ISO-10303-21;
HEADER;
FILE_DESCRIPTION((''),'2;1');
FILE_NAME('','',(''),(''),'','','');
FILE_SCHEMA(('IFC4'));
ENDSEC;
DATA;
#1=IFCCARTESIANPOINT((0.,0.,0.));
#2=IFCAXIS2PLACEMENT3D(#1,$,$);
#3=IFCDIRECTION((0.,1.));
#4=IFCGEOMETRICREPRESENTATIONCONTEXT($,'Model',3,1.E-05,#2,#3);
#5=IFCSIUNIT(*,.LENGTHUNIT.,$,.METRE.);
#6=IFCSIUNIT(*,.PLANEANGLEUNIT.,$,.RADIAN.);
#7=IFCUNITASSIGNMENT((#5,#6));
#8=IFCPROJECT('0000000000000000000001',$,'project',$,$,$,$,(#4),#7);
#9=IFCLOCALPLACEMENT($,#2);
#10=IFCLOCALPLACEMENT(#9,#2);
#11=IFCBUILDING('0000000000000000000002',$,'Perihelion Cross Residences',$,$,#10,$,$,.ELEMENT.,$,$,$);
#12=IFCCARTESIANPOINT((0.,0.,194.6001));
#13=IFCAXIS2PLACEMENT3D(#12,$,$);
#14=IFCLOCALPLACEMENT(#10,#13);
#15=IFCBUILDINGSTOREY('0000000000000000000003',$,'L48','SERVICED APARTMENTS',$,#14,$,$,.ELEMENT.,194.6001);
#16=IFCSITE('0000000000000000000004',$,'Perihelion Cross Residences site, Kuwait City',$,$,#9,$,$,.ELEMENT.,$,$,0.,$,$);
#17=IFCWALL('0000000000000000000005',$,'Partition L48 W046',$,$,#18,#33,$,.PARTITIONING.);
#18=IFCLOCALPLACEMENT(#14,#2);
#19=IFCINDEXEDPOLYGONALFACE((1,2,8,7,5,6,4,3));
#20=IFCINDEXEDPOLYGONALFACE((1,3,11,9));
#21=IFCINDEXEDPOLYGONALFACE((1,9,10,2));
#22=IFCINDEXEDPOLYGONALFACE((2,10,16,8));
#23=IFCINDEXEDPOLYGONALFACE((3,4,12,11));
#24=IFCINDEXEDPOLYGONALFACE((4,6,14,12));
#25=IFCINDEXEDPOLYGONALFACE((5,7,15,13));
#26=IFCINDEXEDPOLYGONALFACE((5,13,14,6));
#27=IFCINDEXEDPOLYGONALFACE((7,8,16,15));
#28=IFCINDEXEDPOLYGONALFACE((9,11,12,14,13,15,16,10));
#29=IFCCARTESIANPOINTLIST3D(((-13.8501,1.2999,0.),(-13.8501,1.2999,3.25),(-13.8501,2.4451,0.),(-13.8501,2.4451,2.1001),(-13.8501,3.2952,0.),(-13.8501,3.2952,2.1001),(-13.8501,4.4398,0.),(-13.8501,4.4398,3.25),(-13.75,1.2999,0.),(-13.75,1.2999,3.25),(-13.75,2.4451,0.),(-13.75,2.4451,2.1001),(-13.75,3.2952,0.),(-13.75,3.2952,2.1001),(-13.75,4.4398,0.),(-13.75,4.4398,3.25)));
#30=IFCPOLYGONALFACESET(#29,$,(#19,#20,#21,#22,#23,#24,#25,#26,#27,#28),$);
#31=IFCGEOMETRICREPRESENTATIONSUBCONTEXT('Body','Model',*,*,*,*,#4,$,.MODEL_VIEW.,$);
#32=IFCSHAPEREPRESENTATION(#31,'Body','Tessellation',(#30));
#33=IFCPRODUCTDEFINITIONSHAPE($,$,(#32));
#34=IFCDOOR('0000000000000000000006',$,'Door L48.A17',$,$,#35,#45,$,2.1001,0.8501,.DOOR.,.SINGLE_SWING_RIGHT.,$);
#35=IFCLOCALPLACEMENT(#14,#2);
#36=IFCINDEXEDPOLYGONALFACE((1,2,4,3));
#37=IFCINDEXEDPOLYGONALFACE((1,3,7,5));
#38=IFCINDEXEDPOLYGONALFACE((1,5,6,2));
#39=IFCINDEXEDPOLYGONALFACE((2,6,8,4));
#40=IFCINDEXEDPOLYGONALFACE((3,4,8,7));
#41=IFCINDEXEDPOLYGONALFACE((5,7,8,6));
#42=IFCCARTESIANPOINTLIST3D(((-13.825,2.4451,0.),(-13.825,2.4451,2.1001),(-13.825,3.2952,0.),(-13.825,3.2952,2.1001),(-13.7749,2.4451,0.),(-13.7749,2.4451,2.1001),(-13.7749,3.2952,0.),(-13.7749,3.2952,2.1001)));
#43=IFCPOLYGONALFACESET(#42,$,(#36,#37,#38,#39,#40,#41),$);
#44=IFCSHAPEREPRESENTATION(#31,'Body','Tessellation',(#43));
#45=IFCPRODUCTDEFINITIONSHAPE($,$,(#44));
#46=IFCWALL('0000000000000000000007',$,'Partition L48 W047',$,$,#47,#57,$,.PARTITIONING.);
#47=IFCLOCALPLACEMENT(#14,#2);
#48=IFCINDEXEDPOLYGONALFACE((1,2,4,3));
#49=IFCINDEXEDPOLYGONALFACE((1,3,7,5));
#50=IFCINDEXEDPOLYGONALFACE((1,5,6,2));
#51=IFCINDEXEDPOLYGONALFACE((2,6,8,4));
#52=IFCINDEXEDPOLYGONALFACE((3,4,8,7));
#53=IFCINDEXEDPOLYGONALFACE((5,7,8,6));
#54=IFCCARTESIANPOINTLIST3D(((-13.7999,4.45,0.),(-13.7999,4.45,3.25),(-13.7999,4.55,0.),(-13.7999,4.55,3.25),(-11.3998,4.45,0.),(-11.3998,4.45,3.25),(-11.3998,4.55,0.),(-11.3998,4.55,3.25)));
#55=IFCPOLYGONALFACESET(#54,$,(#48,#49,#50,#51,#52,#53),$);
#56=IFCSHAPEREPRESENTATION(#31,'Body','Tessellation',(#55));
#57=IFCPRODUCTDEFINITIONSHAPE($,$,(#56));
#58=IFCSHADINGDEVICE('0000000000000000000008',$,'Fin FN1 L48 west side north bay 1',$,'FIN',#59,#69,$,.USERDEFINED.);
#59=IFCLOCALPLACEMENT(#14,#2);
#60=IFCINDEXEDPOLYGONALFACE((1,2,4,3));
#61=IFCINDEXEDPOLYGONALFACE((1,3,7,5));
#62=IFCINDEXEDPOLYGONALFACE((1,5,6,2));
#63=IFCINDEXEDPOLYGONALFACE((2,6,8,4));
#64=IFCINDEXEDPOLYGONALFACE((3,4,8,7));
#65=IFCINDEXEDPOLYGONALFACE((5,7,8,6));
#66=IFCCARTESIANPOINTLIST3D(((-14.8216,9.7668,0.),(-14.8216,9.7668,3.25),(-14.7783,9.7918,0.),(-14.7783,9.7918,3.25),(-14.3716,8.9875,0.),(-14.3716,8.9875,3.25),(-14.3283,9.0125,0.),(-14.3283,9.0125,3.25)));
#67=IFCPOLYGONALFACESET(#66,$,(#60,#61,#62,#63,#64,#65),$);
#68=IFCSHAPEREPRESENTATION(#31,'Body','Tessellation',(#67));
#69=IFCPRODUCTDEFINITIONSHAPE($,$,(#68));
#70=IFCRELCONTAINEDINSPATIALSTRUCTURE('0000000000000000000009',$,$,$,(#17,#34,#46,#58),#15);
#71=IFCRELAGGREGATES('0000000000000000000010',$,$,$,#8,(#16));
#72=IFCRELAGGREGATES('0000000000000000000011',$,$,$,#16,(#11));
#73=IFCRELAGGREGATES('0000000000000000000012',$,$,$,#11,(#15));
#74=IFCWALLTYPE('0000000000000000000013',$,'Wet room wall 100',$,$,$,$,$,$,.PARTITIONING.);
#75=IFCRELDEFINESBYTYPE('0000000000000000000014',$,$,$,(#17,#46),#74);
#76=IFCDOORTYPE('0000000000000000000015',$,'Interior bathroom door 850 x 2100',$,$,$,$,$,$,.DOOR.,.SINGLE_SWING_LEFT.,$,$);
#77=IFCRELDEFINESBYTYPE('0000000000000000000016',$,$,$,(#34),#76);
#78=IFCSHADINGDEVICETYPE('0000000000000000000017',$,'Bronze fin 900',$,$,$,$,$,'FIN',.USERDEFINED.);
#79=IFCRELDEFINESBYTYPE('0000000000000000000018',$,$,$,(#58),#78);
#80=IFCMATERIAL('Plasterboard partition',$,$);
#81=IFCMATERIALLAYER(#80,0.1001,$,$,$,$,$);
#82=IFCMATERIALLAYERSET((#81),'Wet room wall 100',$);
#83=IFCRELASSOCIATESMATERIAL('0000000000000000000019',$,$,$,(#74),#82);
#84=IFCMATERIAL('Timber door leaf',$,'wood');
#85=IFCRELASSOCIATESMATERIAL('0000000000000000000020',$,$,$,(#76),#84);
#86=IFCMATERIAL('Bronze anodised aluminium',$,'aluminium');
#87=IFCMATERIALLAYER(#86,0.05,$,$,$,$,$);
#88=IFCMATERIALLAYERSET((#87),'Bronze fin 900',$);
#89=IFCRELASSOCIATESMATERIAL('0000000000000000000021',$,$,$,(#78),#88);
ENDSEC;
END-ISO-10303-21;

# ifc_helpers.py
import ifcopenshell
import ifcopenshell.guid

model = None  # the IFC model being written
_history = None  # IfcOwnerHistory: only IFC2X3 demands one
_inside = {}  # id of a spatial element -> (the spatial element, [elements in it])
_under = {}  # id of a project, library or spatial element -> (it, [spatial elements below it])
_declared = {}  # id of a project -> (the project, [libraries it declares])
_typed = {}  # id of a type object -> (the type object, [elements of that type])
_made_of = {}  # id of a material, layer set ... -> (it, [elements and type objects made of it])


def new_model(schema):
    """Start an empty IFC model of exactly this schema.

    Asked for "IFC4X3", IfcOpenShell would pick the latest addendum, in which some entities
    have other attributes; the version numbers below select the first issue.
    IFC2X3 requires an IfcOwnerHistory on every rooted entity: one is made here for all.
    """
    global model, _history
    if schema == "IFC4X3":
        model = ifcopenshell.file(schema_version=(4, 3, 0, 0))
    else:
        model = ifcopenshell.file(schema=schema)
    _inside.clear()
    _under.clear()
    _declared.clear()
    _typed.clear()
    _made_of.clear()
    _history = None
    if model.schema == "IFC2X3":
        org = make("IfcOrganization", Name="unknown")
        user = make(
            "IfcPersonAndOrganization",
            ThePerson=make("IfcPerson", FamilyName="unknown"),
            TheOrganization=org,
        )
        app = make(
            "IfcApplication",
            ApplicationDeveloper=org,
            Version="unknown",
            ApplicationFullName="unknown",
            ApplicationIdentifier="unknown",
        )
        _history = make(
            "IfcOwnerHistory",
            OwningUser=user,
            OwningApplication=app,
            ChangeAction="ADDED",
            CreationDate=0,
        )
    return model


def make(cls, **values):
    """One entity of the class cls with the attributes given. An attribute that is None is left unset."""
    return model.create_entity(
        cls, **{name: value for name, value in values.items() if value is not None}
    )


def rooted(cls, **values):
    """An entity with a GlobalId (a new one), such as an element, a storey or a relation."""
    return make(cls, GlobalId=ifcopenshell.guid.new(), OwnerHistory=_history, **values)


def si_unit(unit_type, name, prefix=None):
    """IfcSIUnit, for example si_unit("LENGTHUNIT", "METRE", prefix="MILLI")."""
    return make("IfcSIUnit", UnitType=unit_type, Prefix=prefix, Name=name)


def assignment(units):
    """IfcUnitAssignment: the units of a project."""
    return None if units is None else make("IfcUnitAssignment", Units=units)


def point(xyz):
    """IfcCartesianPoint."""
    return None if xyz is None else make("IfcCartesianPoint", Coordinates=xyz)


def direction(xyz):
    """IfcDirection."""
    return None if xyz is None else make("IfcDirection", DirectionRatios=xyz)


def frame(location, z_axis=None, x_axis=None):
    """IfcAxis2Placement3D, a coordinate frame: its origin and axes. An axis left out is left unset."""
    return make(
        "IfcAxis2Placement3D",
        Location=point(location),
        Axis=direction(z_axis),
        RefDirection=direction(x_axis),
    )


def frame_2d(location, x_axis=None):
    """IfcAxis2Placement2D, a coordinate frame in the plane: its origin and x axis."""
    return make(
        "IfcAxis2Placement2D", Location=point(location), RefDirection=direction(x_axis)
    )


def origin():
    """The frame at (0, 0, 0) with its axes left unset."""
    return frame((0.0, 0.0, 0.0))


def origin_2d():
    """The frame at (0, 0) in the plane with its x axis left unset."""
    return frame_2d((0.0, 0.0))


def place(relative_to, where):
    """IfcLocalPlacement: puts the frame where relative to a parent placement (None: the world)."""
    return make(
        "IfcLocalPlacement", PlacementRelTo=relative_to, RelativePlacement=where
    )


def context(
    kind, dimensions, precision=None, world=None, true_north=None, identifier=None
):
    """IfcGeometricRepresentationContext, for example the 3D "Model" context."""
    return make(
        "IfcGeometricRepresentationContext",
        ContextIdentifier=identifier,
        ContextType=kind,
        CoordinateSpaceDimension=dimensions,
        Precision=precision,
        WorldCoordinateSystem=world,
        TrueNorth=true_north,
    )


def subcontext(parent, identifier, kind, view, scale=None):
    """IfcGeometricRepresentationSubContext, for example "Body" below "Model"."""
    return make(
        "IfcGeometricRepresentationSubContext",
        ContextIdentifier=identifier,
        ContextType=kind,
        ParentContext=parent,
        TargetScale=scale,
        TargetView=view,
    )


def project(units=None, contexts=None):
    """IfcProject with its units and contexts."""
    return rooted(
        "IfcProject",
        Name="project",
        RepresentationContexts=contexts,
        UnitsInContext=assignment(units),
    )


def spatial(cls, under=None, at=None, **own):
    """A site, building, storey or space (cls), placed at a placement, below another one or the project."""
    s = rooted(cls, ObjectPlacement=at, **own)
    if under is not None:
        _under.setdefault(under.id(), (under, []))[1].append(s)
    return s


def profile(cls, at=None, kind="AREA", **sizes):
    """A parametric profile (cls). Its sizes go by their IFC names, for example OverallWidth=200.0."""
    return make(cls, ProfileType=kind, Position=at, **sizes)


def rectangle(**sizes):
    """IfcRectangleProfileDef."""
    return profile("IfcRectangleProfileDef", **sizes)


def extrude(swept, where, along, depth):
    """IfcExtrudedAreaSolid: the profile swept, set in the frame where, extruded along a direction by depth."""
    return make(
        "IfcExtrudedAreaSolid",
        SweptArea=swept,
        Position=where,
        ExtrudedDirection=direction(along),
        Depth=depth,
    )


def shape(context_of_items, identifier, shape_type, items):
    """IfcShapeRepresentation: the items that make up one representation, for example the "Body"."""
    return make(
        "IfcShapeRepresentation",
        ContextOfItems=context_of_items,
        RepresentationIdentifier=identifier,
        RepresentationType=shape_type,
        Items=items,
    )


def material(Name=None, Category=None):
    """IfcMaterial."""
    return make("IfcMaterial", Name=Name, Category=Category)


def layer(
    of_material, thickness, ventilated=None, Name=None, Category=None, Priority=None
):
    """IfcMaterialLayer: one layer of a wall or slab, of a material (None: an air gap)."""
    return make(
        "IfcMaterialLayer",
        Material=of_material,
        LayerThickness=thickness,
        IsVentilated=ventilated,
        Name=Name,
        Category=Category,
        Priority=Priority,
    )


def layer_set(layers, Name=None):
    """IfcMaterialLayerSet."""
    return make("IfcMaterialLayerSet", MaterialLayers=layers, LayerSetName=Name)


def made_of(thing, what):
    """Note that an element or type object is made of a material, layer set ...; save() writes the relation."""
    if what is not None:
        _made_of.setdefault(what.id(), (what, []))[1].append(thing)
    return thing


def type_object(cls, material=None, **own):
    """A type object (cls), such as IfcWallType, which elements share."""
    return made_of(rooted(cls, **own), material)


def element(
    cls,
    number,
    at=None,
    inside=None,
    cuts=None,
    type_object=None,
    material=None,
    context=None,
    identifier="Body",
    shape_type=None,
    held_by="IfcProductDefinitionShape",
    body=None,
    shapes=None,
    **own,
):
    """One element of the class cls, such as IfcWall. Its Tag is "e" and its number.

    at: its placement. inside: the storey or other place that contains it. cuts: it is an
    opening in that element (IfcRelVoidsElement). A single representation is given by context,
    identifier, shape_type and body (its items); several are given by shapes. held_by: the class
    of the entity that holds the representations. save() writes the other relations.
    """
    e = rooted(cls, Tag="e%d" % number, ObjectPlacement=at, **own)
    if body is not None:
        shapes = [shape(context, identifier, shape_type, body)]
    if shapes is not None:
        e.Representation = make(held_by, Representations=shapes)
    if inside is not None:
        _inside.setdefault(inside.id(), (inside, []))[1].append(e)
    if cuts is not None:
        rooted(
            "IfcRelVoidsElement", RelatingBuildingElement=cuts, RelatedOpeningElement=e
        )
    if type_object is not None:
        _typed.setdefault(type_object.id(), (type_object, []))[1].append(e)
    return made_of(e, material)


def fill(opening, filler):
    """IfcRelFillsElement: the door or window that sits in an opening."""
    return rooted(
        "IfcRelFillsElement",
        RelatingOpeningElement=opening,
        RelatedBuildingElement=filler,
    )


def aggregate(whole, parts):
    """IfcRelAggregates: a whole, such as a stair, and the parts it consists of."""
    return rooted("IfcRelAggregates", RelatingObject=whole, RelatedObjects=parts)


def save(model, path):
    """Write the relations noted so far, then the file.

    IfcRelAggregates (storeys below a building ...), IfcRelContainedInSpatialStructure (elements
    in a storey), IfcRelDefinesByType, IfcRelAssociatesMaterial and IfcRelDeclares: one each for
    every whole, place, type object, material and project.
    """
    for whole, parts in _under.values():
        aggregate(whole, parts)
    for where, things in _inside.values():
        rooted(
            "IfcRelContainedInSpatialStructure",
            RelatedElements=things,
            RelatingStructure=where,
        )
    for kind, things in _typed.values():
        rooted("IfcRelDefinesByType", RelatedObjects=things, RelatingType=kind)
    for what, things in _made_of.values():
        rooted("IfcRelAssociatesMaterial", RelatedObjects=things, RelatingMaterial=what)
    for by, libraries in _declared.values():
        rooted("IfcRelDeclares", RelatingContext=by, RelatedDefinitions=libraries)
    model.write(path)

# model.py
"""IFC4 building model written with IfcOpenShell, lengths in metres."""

from ifc_helpers import new_model, si_unit, direction, frame, frame_2d, origin, origin_2d, place, context, subcontext, project, spatial, rectangle, extrude, material, layer, layer_set, type_object, element, fill, save


model = new_model("IFC4")

# Units and contexts
model_context = context("Model", 3, precision=1e-05, world=origin(), true_north=direction((0.0, 1.0)))
body_context = subcontext(model_context, "Body", "Model", "MODEL_VIEW")
ifc_project = project(units=[si_unit("LENGTHUNIT", "METRE"), si_unit("PLANEANGLEUNIT", "RADIAN")], contexts=[model_context])

# Site, building, storey
site_placement = place(None, origin())
site = spatial("IfcSite", under=ifc_project, at=site_placement, Name="Perihelion Cross Residences site, Kuwait City", CompositionType="ELEMENT", RefElevation=0.0)
building_placement = place(site_placement, origin())
building = spatial("IfcBuilding", under=site, at=building_placement, Name="Perihelion Cross Residences", CompositionType="ELEMENT")
storey_placement = place(building_placement, frame((0.0, 0.0, 194.6001)))
storey = spatial("IfcBuildingStorey", under=building, at=storey_placement, Name="L48", Description="SERVICED APARTMENTS", CompositionType="ELEMENT", Elevation=194.6001)

# Shared definitions
ifc_material_1 = material(Name="Plasterboard partition")
ifc_layer_1 = layer(ifc_material_1, 0.1001)
ifc_layer_set_1 = layer_set([ifc_layer_1], Name="Wet room wall 100")
wall_type_1 = type_object("IfcWallType", Name="Wet room wall 100", PredefinedType="PARTITIONING", material=ifc_layer_set_1)

# Wall, opening, door
wall_1_placement = place(storey_placement, frame((-13.8, 1.3, 0.0), z_axis=(0.0, 0.0, 1.0), x_axis=(0.0, 1.0, 0.0)))
wall_1 = element("IfcWall", 1, at=wall_1_placement, inside=storey, type_object=wall_type_1, Name="Partition L48 W046", PredefinedType="PARTITIONING", context=body_context, shape_type="SweptSolid", body=[
    extrude(rectangle(XDim=3.1399, YDim=0.1001, at=frame_2d((1.5698, 0.0))), origin(), (0.0, 0.0, 1.0), 3.25),
])
opening_1_placement = place(wall_1_placement, frame((1.145, 0.0, 0.0)))
opening_1 = element("IfcOpeningElement", 2, at=opening_1_placement, cuts=wall_1, PredefinedType="OPENING", context=body_context, shape_type="SweptSolid", body=[
    extrude(rectangle(XDim=0.8501, YDim=2.1001, at=frame_2d((0.425, 1.05))), frame((0.0, 0.0601, 0.0), z_axis=(0.0, -1.0, 0.0), x_axis=(1.0, 0.0, 0.0)), (0.0, 0.0, 1.0), 0.1201),
])
ifc_material_2 = material(Name="Timber door leaf", Category="wood")
door_type_1 = type_object("IfcDoorType", Name="Interior bathroom door 850 x 2100", OperationType="SINGLE_SWING_LEFT", PredefinedType="DOOR", material=ifc_material_2)
door_1_placement = place(opening_1_placement, origin())
door_1 = element("IfcDoor", 3, at=door_1_placement, inside=storey, type_object=door_type_1, Name="Door L48.A17", OperationType="SINGLE_SWING_RIGHT", OverallHeight=2.1001, OverallWidth=0.8501, PredefinedType="DOOR", context=body_context, shape_type="SweptSolid", body=[
    extrude(rectangle(XDim=0.8501, YDim=2.1001, at=frame_2d((0.425, 1.05))), frame((0.0, 0.0249, 0.0), z_axis=(0.0, -1.0, 0.0), x_axis=(1.0, 0.0, 0.0)), (0.0, 0.0, 1.0), 0.05),
])
fill(opening_1, door_1)

# Wall
wall_2_placement = place(storey_placement, frame((-13.8, 4.5, 0.0), z_axis=(0.0, 0.0, 1.0), x_axis=(1.0, 0.0, 0.0)))
element("IfcWall", 4, at=wall_2_placement, inside=storey, type_object=wall_type_1, Name="Partition L48 W047", PredefinedType="PARTITIONING", context=body_context, shape_type="SweptSolid", body=[
    extrude(rectangle(XDim=2.4001, YDim=0.1001, at=frame_2d((1.2002, 0.0))), origin(), (0.0, 0.0, 1.0), 3.25),
])

# Shading device
ifc_material_3 = material(Name="Bronze anodised aluminium", Category="aluminium")
ifc_layer_2 = layer(ifc_material_3, 0.05)
ifc_layer_set_2 = layer_set([ifc_layer_2], Name="Bronze fin 900")
shading_device_type = type_object("IfcShadingDeviceType", Name="Bronze fin 900", ElementType="FIN", PredefinedType="USERDEFINED", material=ifc_layer_set_2)
shading_device_placement = place(storey_placement, frame((-14.575, 9.3896, 0.0), z_axis=(0.0, 0.0, 1.0), x_axis=(-0.5, 0.866025, 0.0)))
element("IfcShadingDevice", 5, at=shading_device_placement, inside=storey, type_object=shading_device_type, Name="Fin FN1 L48 west side north bay 1", ObjectType="FIN", PredefinedType="USERDEFINED", context=body_context, shape_type="SweptSolid", body=[
    extrude(rectangle(XDim=0.8999, YDim=0.05, at=origin_2d()), origin(), (0.0, 0.0, 1.0), 3.25),
])

save(model, "model.ifc")
